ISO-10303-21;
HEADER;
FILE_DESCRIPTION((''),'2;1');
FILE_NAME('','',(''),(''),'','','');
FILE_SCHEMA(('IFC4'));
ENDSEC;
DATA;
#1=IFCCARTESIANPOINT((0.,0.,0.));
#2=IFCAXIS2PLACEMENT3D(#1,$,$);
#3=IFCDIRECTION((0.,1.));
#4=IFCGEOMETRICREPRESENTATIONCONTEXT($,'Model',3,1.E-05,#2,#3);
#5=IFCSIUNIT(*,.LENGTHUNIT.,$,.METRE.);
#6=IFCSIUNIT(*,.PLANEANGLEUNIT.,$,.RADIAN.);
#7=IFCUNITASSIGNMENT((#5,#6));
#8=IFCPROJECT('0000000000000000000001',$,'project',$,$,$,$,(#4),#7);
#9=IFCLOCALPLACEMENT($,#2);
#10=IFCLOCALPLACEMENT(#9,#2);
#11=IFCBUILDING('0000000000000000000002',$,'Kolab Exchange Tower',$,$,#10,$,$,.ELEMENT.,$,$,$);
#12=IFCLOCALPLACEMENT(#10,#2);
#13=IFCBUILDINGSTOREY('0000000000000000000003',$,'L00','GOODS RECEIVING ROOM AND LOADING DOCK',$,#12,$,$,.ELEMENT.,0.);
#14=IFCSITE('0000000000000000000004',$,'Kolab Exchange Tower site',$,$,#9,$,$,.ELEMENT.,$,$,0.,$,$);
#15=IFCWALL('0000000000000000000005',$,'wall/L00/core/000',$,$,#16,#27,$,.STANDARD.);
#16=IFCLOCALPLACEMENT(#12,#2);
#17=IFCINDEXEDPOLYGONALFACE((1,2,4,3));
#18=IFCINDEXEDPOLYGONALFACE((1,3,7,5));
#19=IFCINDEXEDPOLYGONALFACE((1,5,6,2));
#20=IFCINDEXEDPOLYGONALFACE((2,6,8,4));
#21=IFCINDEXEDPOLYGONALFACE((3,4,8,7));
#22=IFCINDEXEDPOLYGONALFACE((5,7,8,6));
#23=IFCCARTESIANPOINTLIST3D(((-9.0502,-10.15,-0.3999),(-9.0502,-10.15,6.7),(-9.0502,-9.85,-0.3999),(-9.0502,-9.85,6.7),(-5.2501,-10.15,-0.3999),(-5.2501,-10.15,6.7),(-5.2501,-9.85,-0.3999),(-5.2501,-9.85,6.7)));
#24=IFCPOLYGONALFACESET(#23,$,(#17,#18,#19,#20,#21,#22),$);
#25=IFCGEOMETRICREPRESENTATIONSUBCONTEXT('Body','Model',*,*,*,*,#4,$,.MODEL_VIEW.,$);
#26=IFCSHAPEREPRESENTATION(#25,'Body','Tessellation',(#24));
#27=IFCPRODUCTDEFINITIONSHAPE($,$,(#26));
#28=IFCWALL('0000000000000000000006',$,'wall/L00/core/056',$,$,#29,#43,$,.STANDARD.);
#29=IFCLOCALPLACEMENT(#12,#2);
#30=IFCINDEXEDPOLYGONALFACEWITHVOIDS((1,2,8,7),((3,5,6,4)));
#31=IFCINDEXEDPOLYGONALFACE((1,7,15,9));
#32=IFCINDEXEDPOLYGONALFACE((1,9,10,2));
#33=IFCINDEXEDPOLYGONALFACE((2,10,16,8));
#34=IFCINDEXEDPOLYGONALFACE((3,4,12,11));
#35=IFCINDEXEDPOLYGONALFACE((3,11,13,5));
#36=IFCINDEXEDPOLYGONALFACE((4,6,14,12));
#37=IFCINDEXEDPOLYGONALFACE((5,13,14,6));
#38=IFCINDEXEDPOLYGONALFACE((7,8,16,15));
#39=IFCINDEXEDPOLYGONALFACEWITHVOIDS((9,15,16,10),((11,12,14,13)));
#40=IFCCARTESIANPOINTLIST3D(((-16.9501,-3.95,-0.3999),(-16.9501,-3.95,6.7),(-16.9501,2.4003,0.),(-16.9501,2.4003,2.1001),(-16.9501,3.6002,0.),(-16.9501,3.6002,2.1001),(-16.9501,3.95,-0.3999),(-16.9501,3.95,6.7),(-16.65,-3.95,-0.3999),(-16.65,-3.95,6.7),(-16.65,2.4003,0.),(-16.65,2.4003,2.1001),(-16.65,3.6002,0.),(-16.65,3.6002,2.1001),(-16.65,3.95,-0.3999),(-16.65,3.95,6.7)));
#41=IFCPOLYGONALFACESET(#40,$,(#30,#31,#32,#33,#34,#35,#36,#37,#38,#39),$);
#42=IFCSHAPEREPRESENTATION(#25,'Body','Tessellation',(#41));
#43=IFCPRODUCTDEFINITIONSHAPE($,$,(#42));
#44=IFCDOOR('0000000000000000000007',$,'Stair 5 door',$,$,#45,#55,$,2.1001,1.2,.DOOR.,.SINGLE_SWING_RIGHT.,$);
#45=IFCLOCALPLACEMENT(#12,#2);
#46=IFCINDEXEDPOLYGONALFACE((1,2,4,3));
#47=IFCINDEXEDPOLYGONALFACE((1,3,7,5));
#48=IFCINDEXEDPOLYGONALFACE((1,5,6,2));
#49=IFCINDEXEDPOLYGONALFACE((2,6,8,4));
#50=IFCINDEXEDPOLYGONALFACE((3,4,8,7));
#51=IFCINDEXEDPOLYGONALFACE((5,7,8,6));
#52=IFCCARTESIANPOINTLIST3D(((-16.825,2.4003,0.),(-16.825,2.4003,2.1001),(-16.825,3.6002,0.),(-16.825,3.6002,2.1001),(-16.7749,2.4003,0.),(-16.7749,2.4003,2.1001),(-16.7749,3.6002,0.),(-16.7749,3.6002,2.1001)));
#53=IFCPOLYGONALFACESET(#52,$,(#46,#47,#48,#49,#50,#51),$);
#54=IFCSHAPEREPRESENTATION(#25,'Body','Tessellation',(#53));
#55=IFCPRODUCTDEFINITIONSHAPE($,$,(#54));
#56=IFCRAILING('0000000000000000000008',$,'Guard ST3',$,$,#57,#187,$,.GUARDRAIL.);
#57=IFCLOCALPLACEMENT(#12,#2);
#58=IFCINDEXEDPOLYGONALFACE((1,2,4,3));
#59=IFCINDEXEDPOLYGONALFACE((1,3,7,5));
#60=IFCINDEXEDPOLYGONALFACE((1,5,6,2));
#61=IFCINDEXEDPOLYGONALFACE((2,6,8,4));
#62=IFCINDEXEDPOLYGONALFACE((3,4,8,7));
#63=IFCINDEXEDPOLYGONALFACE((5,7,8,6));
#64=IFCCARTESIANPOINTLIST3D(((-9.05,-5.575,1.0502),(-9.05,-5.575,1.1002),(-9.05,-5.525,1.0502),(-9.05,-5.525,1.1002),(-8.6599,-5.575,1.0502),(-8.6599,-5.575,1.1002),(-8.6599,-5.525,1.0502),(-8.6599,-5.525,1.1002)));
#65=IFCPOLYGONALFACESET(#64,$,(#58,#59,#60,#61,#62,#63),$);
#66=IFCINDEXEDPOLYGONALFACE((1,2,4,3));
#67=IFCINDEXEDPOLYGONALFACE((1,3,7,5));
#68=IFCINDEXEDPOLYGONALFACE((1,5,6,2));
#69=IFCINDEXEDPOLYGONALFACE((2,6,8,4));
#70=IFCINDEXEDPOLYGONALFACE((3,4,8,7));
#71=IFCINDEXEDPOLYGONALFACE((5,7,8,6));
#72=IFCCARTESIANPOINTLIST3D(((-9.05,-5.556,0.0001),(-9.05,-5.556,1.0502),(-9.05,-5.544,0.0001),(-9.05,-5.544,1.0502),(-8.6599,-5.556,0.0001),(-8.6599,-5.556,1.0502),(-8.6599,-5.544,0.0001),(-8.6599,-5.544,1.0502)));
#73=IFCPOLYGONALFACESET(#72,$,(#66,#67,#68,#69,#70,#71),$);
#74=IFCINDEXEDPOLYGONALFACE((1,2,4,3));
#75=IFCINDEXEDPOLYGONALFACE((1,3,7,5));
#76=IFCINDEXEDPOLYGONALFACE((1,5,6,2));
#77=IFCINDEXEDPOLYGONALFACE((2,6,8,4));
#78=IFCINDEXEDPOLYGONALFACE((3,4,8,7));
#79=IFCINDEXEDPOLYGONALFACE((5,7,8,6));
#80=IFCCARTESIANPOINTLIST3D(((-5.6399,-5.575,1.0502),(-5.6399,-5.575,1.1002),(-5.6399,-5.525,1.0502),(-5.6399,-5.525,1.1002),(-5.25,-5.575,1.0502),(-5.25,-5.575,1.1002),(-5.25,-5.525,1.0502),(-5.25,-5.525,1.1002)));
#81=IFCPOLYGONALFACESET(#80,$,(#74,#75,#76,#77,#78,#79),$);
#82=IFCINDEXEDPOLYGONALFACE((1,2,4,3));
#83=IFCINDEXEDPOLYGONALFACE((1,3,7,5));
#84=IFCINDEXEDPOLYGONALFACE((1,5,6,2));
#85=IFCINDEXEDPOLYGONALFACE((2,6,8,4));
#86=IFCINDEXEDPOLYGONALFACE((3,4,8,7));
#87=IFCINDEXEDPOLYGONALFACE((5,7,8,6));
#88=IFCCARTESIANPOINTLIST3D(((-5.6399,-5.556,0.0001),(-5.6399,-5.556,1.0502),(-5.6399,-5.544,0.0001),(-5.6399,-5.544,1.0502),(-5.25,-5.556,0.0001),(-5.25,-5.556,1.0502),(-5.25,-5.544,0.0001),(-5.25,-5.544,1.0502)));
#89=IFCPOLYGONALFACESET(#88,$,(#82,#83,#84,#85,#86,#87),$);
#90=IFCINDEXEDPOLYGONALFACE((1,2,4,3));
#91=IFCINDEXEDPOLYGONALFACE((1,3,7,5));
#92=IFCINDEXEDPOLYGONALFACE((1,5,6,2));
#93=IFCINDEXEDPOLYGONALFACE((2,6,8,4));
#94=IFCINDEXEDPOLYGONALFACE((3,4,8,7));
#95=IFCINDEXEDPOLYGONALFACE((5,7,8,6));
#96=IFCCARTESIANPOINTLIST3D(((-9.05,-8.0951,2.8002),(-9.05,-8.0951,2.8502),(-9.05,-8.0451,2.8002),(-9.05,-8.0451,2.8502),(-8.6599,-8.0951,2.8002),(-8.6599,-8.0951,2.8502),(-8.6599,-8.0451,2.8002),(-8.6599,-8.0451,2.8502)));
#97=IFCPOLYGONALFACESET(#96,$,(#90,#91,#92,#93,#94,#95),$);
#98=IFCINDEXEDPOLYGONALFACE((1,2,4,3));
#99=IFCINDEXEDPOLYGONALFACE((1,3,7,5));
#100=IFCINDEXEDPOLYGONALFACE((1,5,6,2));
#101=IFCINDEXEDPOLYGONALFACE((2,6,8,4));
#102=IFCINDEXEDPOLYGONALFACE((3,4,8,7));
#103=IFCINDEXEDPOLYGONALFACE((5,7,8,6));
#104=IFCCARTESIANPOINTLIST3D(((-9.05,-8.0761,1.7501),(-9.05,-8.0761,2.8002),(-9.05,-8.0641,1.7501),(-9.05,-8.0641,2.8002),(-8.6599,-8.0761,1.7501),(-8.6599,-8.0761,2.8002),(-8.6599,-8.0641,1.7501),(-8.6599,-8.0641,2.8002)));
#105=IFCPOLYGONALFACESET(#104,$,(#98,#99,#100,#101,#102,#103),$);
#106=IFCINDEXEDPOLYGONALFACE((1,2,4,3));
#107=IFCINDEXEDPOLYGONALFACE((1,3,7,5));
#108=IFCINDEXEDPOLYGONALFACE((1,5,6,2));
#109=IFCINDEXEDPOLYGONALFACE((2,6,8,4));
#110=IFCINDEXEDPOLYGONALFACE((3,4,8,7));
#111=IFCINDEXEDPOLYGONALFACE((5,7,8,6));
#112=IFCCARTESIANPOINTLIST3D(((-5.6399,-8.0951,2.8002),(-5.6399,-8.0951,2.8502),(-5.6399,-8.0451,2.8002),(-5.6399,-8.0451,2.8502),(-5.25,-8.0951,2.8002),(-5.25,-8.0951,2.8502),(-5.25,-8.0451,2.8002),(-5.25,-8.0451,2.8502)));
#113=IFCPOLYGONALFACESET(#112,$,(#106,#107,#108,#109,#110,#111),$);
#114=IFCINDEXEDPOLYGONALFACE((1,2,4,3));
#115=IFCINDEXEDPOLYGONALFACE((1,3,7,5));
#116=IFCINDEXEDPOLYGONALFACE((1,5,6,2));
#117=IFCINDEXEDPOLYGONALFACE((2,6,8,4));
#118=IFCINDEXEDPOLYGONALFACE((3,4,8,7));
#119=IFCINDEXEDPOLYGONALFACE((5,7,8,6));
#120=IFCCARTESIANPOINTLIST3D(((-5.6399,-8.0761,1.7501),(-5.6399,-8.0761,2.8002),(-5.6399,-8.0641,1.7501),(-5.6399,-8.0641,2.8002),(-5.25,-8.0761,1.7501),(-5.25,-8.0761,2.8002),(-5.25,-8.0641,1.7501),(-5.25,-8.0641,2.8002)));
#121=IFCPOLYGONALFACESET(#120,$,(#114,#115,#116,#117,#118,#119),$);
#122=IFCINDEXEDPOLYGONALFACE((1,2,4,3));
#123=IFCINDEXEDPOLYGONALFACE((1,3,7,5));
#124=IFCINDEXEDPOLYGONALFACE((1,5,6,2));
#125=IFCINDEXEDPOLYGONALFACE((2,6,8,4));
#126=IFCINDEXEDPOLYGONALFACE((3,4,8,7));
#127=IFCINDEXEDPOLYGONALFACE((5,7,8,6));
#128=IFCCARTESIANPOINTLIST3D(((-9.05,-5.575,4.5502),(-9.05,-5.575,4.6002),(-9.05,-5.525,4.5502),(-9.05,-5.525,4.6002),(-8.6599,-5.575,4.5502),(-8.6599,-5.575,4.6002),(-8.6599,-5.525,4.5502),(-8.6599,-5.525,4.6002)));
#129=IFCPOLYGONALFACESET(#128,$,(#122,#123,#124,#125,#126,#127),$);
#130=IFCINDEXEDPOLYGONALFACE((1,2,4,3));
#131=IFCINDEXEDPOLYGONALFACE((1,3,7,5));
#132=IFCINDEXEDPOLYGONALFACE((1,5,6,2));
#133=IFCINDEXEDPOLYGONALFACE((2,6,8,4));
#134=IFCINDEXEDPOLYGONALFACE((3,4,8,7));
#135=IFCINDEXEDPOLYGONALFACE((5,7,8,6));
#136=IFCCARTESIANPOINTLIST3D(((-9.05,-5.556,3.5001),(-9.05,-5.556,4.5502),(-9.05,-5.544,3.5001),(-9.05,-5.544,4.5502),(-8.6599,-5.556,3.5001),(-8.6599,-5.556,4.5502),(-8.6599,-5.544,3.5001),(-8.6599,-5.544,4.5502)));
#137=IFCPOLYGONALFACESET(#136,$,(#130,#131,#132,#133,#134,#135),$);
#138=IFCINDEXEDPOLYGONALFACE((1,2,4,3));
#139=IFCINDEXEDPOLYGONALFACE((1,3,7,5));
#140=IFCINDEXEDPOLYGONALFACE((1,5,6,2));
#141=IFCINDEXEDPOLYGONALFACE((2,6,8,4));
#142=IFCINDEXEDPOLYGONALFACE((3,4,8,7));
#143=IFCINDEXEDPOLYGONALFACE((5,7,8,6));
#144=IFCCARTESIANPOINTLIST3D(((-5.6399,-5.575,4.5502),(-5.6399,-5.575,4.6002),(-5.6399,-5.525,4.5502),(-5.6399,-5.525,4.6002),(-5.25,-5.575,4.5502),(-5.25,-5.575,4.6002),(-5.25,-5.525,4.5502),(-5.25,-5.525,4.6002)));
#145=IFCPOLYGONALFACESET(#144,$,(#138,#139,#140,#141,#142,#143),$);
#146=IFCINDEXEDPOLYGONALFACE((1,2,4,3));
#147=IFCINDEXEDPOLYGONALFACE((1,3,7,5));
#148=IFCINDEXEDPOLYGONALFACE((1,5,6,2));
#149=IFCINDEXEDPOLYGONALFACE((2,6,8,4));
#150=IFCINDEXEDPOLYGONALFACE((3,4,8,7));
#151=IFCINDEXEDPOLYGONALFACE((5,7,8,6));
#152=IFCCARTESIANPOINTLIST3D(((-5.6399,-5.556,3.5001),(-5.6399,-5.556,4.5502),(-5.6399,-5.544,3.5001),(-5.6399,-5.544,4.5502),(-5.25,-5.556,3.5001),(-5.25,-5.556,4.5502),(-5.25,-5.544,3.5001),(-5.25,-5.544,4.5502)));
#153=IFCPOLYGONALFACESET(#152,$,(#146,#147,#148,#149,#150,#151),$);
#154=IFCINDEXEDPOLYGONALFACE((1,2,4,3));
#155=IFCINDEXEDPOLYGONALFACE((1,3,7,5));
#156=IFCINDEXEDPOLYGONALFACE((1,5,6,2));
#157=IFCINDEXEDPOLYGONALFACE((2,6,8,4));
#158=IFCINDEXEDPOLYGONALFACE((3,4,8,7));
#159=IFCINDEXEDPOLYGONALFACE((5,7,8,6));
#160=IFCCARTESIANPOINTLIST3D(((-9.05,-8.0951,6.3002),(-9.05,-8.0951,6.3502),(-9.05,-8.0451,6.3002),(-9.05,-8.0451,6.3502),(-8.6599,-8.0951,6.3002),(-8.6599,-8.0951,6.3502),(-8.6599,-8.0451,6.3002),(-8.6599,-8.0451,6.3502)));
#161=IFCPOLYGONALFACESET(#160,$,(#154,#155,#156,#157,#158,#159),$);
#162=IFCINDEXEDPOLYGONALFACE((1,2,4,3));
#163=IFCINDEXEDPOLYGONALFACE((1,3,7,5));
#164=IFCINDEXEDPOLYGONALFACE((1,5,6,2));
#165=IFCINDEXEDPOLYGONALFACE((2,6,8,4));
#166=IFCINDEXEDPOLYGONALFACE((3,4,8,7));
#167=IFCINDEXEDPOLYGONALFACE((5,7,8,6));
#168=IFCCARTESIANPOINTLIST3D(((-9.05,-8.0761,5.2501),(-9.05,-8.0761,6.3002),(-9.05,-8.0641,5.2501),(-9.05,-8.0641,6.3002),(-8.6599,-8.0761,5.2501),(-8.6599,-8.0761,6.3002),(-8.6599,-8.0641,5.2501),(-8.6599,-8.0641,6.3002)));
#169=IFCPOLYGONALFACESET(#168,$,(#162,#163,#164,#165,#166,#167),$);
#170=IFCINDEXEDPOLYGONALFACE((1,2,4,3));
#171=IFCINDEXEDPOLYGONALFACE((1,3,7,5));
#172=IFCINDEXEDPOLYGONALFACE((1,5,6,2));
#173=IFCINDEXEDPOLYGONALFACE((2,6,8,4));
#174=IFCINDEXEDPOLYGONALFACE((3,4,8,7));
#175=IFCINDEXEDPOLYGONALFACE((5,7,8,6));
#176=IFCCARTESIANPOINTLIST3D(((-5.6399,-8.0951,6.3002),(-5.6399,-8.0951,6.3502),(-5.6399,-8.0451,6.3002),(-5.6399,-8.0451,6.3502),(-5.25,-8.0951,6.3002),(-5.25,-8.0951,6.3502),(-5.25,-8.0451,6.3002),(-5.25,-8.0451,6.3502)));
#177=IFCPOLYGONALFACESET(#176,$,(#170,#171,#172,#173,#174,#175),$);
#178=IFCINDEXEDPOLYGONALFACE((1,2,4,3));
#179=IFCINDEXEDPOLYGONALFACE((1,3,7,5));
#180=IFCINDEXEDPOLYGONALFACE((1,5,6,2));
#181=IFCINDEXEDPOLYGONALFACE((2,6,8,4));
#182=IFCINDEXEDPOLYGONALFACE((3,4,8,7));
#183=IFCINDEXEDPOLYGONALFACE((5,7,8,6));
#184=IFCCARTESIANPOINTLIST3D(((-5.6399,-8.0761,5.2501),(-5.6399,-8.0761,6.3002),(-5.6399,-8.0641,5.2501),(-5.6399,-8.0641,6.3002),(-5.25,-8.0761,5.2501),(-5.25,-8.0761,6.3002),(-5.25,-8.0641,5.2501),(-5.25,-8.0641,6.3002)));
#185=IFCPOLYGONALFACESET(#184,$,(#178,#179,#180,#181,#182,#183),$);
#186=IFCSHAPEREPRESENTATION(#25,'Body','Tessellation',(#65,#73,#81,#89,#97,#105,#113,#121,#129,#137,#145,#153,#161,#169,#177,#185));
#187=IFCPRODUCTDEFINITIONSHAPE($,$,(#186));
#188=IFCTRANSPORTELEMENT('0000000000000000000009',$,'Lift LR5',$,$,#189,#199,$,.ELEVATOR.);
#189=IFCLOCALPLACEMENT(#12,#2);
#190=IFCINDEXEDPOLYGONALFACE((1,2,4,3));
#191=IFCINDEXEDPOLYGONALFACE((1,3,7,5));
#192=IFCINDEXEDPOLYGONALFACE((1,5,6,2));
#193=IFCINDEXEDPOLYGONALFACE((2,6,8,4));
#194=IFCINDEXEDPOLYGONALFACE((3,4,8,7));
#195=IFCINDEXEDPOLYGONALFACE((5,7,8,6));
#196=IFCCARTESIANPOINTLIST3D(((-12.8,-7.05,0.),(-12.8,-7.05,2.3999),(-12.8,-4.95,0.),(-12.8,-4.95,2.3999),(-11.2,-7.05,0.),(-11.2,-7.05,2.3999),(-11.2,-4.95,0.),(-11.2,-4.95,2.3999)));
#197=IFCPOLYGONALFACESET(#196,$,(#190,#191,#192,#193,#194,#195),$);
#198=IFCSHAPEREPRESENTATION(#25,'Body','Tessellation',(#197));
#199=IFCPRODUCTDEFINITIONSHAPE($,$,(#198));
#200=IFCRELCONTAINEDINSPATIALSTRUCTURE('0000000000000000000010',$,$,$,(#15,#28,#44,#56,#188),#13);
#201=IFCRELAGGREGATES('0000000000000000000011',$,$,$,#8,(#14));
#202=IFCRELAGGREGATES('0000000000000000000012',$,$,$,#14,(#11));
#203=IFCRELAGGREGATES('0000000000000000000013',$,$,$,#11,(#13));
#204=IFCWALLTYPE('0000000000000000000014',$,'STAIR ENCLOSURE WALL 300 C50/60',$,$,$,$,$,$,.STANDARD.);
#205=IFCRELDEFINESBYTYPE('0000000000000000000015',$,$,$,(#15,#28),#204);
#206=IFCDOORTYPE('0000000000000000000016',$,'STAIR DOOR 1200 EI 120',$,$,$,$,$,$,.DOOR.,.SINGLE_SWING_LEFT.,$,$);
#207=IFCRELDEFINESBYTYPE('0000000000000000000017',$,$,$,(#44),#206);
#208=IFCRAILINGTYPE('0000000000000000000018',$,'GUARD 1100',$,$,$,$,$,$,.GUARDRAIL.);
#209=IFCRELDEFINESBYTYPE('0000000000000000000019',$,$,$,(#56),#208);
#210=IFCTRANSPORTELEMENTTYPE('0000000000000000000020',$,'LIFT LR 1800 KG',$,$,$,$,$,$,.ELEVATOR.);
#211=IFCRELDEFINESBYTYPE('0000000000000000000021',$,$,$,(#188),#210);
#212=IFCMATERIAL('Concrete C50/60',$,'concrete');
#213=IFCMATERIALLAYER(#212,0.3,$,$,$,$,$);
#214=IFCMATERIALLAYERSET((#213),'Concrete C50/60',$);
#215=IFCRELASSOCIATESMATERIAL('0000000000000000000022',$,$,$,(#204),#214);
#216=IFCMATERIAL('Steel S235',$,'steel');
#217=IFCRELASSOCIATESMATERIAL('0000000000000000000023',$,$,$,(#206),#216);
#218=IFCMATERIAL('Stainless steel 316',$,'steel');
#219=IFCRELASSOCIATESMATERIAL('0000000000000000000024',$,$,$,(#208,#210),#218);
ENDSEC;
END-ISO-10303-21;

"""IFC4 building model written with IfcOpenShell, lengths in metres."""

from ifc_helpers import new_model, si_unit, direction, frame, frame_2d, origin, origin_2d, place, context, subcontext, project, spatial, rectangle, extrude, material, layer, layer_set, type_object, element, fill, save


model = new_model("IFC4")

# Units and contexts
model_context = context("Model", 3, precision=1e-05, world=origin(), true_north=direction((0.0, 1.0)))
body_context = subcontext(model_context, "Body", "Model", "MODEL_VIEW")
ifc_project = project(units=[si_unit("LENGTHUNIT", "METRE"), si_unit("PLANEANGLEUNIT", "RADIAN")], contexts=[model_context])

# Site, building, storey
site_placement = place(None, origin())
site = spatial("IfcSite", under=ifc_project, at=site_placement, Name="Kolab Exchange Tower site", CompositionType="ELEMENT", RefElevation=0.0)
building_placement = place(site_placement, origin())
building = spatial("IfcBuilding", under=site, at=building_placement, Name="Kolab Exchange Tower", CompositionType="ELEMENT")
storey_placement = place(building_placement, origin())
storey = spatial("IfcBuildingStorey", under=building, at=storey_placement, Name="L00", Description="GOODS RECEIVING ROOM AND LOADING DOCK", CompositionType="ELEMENT", Elevation=0.0)

# Shared definitions
ifc_material_1 = material(Name="Steel S235", Category="steel")

# Shared definitions
ifc_material_2 = material(Name="Stainless steel 316", Category="steel")

# Wall
ifc_material_3 = material(Name="Concrete C50/60", Category="concrete")
ifc_layer_1 = layer(ifc_material_3, 0.3)
ifc_layer_set_1 = layer_set([ifc_layer_1], Name="Concrete C50/60")
wall_type_1 = type_object("IfcWallType", Name="STAIR ENCLOSURE WALL 300 C50/60", PredefinedType="STANDARD", material=ifc_layer_set_1)
wall_1_placement = place(storey_placement, frame((-9.05, -10.0, -0.3999), z_axis=(0.0, 0.0, 1.0), x_axis=(1.0, 0.0, 0.0)))
element("IfcWall", 1, at=wall_1_placement, inside=storey, type_object=wall_type_1, Name="wall/L00/core/000", PredefinedType="STANDARD", context=body_context, shape_type="SweptSolid", body=[
    extrude(rectangle(XDim=3.8, YDim=0.3, at=frame_2d((1.8999, 0.0))), origin(), (0.0, 0.0, 1.0), 7.0999),
])

# Wall, opening, door
wall_2_placement = place(storey_placement, frame((-16.8, -3.95, -0.3999), z_axis=(0.0, 0.0, 1.0), x_axis=(0.0, 1.0, 0.0)))
wall_2 = element("IfcWall", 2, at=wall_2_placement, inside=storey, type_object=wall_type_1, Name="wall/L00/core/056", PredefinedType="STANDARD", context=body_context, shape_type="SweptSolid", body=[
    extrude(rectangle(XDim=7.8999, YDim=0.3, at=frame_2d((3.95, 0.0))), origin(), (0.0, 0.0, 1.0), 7.0999),
])
opening_1_placement = place(wall_2_placement, frame((6.3501, 0.0, 0.3999)))
opening_1 = element("IfcOpeningElement", 3, at=opening_1_placement, cuts=wall_2, PredefinedType="OPENING", context=body_context, shape_type="SweptSolid", body=[
    extrude(rectangle(XDim=1.2, YDim=2.1001, at=frame_2d((0.6001, 1.05))), frame((0.0, 0.1602, 0.0), z_axis=(0.0, -1.0, 0.0), x_axis=(1.0, 0.0, 0.0)), (0.0, 0.0, 1.0), 0.3201),
])
door_type_1 = type_object("IfcDoorType", Name="STAIR DOOR 1200 EI 120", OperationType="SINGLE_SWING_LEFT", PredefinedType="DOOR", material=ifc_material_1)
door_1_placement = place(opening_1_placement, origin())
door_1 = element("IfcDoor", 4, at=door_1_placement, inside=storey, type_object=door_type_1, Name="Stair 5 door", OperationType="SINGLE_SWING_RIGHT", OverallHeight=2.1001, OverallWidth=1.2, PredefinedType="DOOR", context=body_context, shape_type="SweptSolid", body=[
    extrude(rectangle(XDim=1.2, YDim=2.1001, at=frame_2d((0.6001, 1.05))), frame((0.0, 0.0249, 0.0), z_axis=(0.0, -1.0, 0.0), x_axis=(1.0, 0.0, 0.0)), (0.0, 0.0, 1.0), 0.05),
])
fill(opening_1, door_1)

# Railing
railing_type = type_object("IfcRailingType", Name="GUARD 1100", PredefinedType="GUARDRAIL", material=ifc_material_2)
railing_placement = place(storey_placement, frame((-9.05, -5.55, 0.0)))
element("IfcRailing", 5, at=railing_placement, inside=storey, type_object=railing_type, Name="Guard ST3", PredefinedType="GUARDRAIL", context=body_context, shape_type="SweptSolid", body=[
    extrude(rectangle(XDim=0.05, YDim=0.05, at=origin_2d()), frame((0.0, 0.0, 1.0752), z_axis=(1.0, 0.0, 0.0), x_axis=(0.0, 1.0, 0.0)), (0.0, 0.0, 1.0), 0.3901),
    extrude(rectangle(XDim=0.012, YDim=1.0501, at=frame_2d((0.0, 0.5251))), frame((0.0, 0.0, 0.0), z_axis=(1.0, 0.0, 0.0), x_axis=(0.0, 1.0, 0.0)), (0.0, 0.0, 1.0), 0.3901),
    extrude(rectangle(XDim=0.05, YDim=0.05, at=origin_2d()), frame((3.4102, 0.0, 1.0752), z_axis=(1.0, 0.0, 0.0), x_axis=(0.0, 1.0, 0.0)), (0.0, 0.0, 1.0), 0.3899),
    extrude(rectangle(XDim=0.012, YDim=1.0501, at=frame_2d((0.0, 0.5251))), frame((3.4102, 0.0, 0.0), z_axis=(1.0, 0.0, 0.0), x_axis=(0.0, 1.0, 0.0)), (0.0, 0.0, 1.0), 0.3899),
    extrude(rectangle(XDim=0.05, YDim=0.05, at=origin_2d()), frame((0.0, -2.52, 2.8252), z_axis=(1.0, 0.0, 0.0), x_axis=(0.0, 1.0, 0.0)), (0.0, 0.0, 1.0), 0.3901),
    extrude(rectangle(XDim=0.012, YDim=1.0501, at=frame_2d((0.0, 0.5251))), frame((0.0, -2.52, 1.75), z_axis=(1.0, 0.0, 0.0), x_axis=(0.0, 1.0, 0.0)), (0.0, 0.0, 1.0), 0.3901),
    extrude(rectangle(XDim=0.05, YDim=0.05, at=origin_2d()), frame((3.4102, -2.52, 2.8252), z_axis=(1.0, 0.0, 0.0), x_axis=(0.0, 1.0, 0.0)), (0.0, 0.0, 1.0), 0.3899),
    extrude(rectangle(XDim=0.012, YDim=1.0501, at=frame_2d((0.0, 0.5251))), frame((3.4102, -2.52, 1.75), z_axis=(1.0, 0.0, 0.0), x_axis=(0.0, 1.0, 0.0)), (0.0, 0.0, 1.0), 0.3899),
    extrude(rectangle(XDim=0.05, YDim=0.05, at=origin_2d()), frame((0.0, 0.0, 4.5752), z_axis=(1.0, 0.0, 0.0), x_axis=(0.0, 1.0, 0.0)), (0.0, 0.0, 1.0), 0.3901),
    extrude(rectangle(XDim=0.012, YDim=1.0501, at=frame_2d((0.0, 0.5251))), frame((0.0, 0.0, 3.5), z_axis=(1.0, 0.0, 0.0), x_axis=(0.0, 1.0, 0.0)), (0.0, 0.0, 1.0), 0.3901),
    extrude(rectangle(XDim=0.05, YDim=0.05, at=origin_2d()), frame((3.4102, 0.0, 4.5752), z_axis=(1.0, 0.0, 0.0), x_axis=(0.0, 1.0, 0.0)), (0.0, 0.0, 1.0), 0.3899),
    extrude(rectangle(XDim=0.012, YDim=1.0501, at=frame_2d((0.0, 0.5251))), frame((3.4102, 0.0, 3.5), z_axis=(1.0, 0.0, 0.0), x_axis=(0.0, 1.0, 0.0)), (0.0, 0.0, 1.0), 0.3899),
    extrude(rectangle(XDim=0.05, YDim=0.05, at=origin_2d()), frame((0.0, -2.52, 6.3252), z_axis=(1.0, 0.0, 0.0), x_axis=(0.0, 1.0, 0.0)), (0.0, 0.0, 1.0), 0.3901),
    extrude(rectangle(XDim=0.012, YDim=1.0501, at=frame_2d((0.0, 0.5251))), frame((0.0, -2.52, 5.25), z_axis=(1.0, 0.0, 0.0), x_axis=(0.0, 1.0, 0.0)), (0.0, 0.0, 1.0), 0.3901),
    extrude(rectangle(XDim=0.05, YDim=0.05, at=origin_2d()), frame((3.4102, -2.52, 6.3252), z_axis=(1.0, 0.0, 0.0), x_axis=(0.0, 1.0, 0.0)), (0.0, 0.0, 1.0), 0.3899),
    extrude(rectangle(XDim=0.012, YDim=1.0501, at=frame_2d((0.0, 0.5251))), frame((3.4102, -2.52, 5.25), z_axis=(1.0, 0.0, 0.0), x_axis=(0.0, 1.0, 0.0)), (0.0, 0.0, 1.0), 0.3899),
])

# Transport element
transport_element_type = type_object("IfcTransportElementType", Name="LIFT LR 1800 KG", PredefinedType="ELEVATOR", material=ifc_material_2)
transport_element_placement = place(storey_placement, frame((-12.0, -6.0, 0.0), z_axis=(0.0, 0.0, 1.0), x_axis=(1.0, 0.0, 0.0)))
element("IfcTransportElement", 6, at=transport_element_placement, inside=storey, type_object=transport_element_type, Name="Lift LR5", PredefinedType="ELEVATOR", context=body_context, shape_type="SweptSolid", body=[
    extrude(rectangle(XDim=1.6001, YDim=2.1001, at=origin_2d()), origin(), (0.0, 0.0, 1.0), 2.3999),
])

save(model, "model.ifc")
